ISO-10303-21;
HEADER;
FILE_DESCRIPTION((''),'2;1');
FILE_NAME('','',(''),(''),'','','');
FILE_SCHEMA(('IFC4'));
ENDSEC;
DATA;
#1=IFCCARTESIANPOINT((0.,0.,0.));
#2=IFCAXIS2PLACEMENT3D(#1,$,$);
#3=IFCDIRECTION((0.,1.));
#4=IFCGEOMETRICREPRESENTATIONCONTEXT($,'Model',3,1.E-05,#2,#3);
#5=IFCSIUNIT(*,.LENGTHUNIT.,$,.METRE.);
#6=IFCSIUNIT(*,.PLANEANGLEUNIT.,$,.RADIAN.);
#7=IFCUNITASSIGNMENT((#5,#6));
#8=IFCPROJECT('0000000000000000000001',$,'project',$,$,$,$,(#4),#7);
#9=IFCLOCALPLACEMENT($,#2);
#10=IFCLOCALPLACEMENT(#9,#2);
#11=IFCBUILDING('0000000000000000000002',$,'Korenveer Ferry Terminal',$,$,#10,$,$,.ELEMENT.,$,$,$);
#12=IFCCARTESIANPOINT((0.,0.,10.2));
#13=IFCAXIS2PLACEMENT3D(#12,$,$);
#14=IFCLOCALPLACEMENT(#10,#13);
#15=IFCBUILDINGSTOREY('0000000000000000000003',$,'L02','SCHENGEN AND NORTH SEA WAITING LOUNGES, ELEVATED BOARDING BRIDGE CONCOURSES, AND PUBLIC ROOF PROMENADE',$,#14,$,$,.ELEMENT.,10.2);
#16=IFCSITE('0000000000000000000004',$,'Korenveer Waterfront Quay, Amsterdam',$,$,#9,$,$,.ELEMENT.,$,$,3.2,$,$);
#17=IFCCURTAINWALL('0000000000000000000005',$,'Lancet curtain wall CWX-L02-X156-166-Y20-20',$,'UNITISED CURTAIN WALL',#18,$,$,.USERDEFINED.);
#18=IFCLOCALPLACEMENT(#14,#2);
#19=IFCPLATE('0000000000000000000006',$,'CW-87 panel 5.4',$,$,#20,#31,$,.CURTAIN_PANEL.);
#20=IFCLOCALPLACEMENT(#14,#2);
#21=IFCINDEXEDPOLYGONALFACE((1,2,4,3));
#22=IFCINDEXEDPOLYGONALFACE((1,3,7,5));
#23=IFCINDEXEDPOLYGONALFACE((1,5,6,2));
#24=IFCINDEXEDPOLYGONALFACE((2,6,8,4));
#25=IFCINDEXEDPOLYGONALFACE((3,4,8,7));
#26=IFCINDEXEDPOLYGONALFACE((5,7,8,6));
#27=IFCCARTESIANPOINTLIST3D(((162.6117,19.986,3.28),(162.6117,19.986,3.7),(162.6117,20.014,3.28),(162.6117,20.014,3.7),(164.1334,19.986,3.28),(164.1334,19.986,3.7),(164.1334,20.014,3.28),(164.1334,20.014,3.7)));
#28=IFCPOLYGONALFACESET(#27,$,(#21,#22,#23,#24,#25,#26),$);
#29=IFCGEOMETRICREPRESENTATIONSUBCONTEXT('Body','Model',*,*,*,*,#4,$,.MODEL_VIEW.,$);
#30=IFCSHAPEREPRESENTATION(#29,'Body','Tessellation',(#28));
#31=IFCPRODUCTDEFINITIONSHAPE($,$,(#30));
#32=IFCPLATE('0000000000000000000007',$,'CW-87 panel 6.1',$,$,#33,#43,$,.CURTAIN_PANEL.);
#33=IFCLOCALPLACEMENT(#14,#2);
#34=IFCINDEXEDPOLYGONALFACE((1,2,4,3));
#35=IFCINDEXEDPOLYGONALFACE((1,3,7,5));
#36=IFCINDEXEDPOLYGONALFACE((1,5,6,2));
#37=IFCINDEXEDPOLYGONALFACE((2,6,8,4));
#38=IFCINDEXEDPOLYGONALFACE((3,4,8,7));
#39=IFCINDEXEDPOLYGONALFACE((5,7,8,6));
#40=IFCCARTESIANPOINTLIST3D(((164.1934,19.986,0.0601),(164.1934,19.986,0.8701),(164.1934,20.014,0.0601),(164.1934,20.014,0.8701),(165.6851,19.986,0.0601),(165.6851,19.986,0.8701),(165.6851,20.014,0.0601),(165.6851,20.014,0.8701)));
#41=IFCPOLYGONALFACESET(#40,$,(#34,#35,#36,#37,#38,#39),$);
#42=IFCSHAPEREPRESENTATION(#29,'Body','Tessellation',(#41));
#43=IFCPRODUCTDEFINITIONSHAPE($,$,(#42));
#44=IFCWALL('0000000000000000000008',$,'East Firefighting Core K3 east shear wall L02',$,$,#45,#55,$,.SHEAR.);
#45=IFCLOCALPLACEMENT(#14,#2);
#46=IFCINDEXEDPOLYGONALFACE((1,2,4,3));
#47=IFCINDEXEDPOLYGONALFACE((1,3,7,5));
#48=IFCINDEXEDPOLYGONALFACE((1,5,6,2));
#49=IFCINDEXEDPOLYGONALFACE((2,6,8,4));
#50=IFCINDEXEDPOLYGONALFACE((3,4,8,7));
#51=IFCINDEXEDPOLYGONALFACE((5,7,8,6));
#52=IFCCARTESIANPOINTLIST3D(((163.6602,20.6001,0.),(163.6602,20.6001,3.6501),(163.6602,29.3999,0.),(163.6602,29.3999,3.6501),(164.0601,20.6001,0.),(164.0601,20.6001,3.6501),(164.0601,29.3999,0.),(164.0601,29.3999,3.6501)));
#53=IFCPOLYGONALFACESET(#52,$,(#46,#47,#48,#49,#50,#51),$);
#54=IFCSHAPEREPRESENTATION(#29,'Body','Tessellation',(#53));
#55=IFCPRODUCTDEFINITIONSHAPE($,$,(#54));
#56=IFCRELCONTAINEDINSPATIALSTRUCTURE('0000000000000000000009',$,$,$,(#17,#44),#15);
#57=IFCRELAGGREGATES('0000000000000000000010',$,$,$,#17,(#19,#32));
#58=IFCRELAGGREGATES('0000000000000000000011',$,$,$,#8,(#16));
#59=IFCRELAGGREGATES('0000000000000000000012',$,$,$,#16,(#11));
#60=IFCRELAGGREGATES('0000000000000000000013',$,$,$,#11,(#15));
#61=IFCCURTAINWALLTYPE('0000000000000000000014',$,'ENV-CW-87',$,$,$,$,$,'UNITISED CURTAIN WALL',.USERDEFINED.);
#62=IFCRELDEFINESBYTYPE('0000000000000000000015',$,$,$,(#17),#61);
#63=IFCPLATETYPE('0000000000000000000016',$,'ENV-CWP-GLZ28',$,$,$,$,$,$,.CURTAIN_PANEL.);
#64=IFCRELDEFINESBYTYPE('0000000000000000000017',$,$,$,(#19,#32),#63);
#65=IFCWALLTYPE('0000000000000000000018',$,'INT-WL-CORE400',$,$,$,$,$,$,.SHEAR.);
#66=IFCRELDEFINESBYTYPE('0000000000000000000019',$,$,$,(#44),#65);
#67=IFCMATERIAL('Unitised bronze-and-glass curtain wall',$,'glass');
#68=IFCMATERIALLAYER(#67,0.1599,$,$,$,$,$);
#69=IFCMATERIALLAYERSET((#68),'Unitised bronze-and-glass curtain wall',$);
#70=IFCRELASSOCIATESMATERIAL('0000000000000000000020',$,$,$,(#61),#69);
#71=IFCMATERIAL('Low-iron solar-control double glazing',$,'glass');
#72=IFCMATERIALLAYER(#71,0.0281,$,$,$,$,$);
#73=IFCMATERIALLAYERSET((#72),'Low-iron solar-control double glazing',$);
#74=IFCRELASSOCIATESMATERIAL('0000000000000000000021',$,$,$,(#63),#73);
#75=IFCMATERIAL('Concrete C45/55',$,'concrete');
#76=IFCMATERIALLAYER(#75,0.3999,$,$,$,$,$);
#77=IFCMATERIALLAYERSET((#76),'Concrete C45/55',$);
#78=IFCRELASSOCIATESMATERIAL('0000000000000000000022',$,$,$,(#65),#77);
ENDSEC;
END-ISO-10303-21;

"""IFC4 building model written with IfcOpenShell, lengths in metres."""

from ifc_helpers import new_model, si_unit, direction, frame, frame_2d, origin, origin_2d, place, context, subcontext, project, spatial, rectangle, extrude, material, layer, layer_set, type_object, element, aggregate, save


model = new_model("IFC4")

# Units and contexts
model_context = context("Model", 3, precision=1e-05, world=origin(), true_north=direction((0.0, 1.0)))
body_context = subcontext(model_context, "Body", "Model", "MODEL_VIEW")
ifc_project = project(units=[si_unit("LENGTHUNIT", "METRE"), si_unit("PLANEANGLEUNIT", "RADIAN")], contexts=[model_context])

# Site, building, storey
site_placement = place(None, origin())
site = spatial("IfcSite", under=ifc_project, at=site_placement, Name="Korenveer Waterfront Quay, Amsterdam", CompositionType="ELEMENT", RefElevation=3.2)
building_placement = place(site_placement, origin())
building = spatial("IfcBuilding", under=site, at=building_placement, Name="Korenveer Ferry Terminal", CompositionType="ELEMENT")
storey_placement = place(building_placement, frame((0.0, 0.0, 10.2)))
storey = spatial("IfcBuildingStorey", under=building, at=storey_placement, Name="L02", Description="SCHENGEN AND NORTH SEA WAITING LOUNGES, ELEVATED BOARDING BRIDGE CONCOURSES, AND PUBLIC ROOF PROMENADE", CompositionType="ELEMENT", Elevation=10.2)

# Curtain wall, plates
ifc_material_1 = material(Name="Unitised bronze-and-glass curtain wall", Category="glass")
ifc_layer_1 = layer(ifc_material_1, 0.1599)
ifc_layer_set_1 = layer_set([ifc_layer_1], Name="Unitised bronze-and-glass curtain wall")
curtain_wall_type = type_object("IfcCurtainWallType", Name="ENV-CW-87", ElementType="UNITISED CURTAIN WALL", PredefinedType="USERDEFINED", material=ifc_layer_set_1)
curtain_wall_placement = place(storey_placement, frame((156.2549, 20.0, 0.0)))
curtain_wall = element("IfcCurtainWall", 1, at=curtain_wall_placement, inside=storey, type_object=curtain_wall_type, Name="Lancet curtain wall CWX-L02-X156-166-Y20-20", ObjectType="UNITISED CURTAIN WALL", PredefinedType="USERDEFINED")
ifc_material_2 = material(Name="Low-iron solar-control double glazing", Category="glass")
ifc_layer_2 = layer(ifc_material_2, 0.0281)
ifc_layer_set_2 = layer_set([ifc_layer_2], Name="Low-iron solar-control double glazing")
plate_type = type_object("IfcPlateType", Name="ENV-CWP-GLZ28", PredefinedType="CURTAIN_PANEL", material=ifc_layer_set_2)
plate_1_placement = place(storey_placement, frame((163.3726, 20.0, 3.28), z_axis=(0.0, 0.0, 1.0), x_axis=(1.0, 0.0, 0.0)))
plate_1 = element("IfcPlate", 2, at=plate_1_placement, type_object=plate_type, Name="CW-87 panel 5.4", PredefinedType="CURTAIN_PANEL", context=body_context, shape_type="SweptSolid", body=[
    extrude(rectangle(XDim=1.5217, YDim=0.0281, at=origin_2d()), origin(), (0.0, 0.0, 1.0), 0.4199),
])
plate_2_placement = place(storey_placement, frame((164.9392, 20.0, 0.0601), z_axis=(0.0, 0.0, 1.0), x_axis=(1.0, 0.0, 0.0)))
plate_2 = element("IfcPlate", 3, at=plate_2_placement, type_object=plate_type, Name="CW-87 panel 6.1", PredefinedType="CURTAIN_PANEL", context=body_context, shape_type="SweptSolid", body=[
    extrude(rectangle(XDim=1.4917, YDim=0.0281, at=origin_2d()), origin(), (0.0, 0.0, 1.0), 0.8101),
])
aggregate(curtain_wall, [plate_1, plate_2])

# Wall
ifc_material_3 = material(Name="Concrete C45/55", Category="concrete")
ifc_layer_3 = layer(ifc_material_3, 0.3999)
ifc_layer_set_3 = layer_set([ifc_layer_3], Name="Concrete C45/55")
wall_type = type_object("IfcWallType", Name="INT-WL-CORE400", PredefinedType="SHEAR", material=ifc_layer_set_3)
wall_placement = place(storey_placement, frame((163.8601, 20.6001, 0.0), z_axis=(0.0, 0.0, 1.0), x_axis=(0.0, 1.0, 0.0)))
element("IfcWall", 4, at=wall_placement, inside=storey, type_object=wall_type, Name="East Firefighting Core K3 east shear wall L02", PredefinedType="SHEAR", context=body_context, shape_type="SweptSolid", body=[
    extrude(rectangle(XDim=8.7998, YDim=0.3999, at=frame_2d((4.3999, 0.0))), origin(), (0.0, 0.0, 1.0), 3.6501),
])

save(model, "model.ifc")
